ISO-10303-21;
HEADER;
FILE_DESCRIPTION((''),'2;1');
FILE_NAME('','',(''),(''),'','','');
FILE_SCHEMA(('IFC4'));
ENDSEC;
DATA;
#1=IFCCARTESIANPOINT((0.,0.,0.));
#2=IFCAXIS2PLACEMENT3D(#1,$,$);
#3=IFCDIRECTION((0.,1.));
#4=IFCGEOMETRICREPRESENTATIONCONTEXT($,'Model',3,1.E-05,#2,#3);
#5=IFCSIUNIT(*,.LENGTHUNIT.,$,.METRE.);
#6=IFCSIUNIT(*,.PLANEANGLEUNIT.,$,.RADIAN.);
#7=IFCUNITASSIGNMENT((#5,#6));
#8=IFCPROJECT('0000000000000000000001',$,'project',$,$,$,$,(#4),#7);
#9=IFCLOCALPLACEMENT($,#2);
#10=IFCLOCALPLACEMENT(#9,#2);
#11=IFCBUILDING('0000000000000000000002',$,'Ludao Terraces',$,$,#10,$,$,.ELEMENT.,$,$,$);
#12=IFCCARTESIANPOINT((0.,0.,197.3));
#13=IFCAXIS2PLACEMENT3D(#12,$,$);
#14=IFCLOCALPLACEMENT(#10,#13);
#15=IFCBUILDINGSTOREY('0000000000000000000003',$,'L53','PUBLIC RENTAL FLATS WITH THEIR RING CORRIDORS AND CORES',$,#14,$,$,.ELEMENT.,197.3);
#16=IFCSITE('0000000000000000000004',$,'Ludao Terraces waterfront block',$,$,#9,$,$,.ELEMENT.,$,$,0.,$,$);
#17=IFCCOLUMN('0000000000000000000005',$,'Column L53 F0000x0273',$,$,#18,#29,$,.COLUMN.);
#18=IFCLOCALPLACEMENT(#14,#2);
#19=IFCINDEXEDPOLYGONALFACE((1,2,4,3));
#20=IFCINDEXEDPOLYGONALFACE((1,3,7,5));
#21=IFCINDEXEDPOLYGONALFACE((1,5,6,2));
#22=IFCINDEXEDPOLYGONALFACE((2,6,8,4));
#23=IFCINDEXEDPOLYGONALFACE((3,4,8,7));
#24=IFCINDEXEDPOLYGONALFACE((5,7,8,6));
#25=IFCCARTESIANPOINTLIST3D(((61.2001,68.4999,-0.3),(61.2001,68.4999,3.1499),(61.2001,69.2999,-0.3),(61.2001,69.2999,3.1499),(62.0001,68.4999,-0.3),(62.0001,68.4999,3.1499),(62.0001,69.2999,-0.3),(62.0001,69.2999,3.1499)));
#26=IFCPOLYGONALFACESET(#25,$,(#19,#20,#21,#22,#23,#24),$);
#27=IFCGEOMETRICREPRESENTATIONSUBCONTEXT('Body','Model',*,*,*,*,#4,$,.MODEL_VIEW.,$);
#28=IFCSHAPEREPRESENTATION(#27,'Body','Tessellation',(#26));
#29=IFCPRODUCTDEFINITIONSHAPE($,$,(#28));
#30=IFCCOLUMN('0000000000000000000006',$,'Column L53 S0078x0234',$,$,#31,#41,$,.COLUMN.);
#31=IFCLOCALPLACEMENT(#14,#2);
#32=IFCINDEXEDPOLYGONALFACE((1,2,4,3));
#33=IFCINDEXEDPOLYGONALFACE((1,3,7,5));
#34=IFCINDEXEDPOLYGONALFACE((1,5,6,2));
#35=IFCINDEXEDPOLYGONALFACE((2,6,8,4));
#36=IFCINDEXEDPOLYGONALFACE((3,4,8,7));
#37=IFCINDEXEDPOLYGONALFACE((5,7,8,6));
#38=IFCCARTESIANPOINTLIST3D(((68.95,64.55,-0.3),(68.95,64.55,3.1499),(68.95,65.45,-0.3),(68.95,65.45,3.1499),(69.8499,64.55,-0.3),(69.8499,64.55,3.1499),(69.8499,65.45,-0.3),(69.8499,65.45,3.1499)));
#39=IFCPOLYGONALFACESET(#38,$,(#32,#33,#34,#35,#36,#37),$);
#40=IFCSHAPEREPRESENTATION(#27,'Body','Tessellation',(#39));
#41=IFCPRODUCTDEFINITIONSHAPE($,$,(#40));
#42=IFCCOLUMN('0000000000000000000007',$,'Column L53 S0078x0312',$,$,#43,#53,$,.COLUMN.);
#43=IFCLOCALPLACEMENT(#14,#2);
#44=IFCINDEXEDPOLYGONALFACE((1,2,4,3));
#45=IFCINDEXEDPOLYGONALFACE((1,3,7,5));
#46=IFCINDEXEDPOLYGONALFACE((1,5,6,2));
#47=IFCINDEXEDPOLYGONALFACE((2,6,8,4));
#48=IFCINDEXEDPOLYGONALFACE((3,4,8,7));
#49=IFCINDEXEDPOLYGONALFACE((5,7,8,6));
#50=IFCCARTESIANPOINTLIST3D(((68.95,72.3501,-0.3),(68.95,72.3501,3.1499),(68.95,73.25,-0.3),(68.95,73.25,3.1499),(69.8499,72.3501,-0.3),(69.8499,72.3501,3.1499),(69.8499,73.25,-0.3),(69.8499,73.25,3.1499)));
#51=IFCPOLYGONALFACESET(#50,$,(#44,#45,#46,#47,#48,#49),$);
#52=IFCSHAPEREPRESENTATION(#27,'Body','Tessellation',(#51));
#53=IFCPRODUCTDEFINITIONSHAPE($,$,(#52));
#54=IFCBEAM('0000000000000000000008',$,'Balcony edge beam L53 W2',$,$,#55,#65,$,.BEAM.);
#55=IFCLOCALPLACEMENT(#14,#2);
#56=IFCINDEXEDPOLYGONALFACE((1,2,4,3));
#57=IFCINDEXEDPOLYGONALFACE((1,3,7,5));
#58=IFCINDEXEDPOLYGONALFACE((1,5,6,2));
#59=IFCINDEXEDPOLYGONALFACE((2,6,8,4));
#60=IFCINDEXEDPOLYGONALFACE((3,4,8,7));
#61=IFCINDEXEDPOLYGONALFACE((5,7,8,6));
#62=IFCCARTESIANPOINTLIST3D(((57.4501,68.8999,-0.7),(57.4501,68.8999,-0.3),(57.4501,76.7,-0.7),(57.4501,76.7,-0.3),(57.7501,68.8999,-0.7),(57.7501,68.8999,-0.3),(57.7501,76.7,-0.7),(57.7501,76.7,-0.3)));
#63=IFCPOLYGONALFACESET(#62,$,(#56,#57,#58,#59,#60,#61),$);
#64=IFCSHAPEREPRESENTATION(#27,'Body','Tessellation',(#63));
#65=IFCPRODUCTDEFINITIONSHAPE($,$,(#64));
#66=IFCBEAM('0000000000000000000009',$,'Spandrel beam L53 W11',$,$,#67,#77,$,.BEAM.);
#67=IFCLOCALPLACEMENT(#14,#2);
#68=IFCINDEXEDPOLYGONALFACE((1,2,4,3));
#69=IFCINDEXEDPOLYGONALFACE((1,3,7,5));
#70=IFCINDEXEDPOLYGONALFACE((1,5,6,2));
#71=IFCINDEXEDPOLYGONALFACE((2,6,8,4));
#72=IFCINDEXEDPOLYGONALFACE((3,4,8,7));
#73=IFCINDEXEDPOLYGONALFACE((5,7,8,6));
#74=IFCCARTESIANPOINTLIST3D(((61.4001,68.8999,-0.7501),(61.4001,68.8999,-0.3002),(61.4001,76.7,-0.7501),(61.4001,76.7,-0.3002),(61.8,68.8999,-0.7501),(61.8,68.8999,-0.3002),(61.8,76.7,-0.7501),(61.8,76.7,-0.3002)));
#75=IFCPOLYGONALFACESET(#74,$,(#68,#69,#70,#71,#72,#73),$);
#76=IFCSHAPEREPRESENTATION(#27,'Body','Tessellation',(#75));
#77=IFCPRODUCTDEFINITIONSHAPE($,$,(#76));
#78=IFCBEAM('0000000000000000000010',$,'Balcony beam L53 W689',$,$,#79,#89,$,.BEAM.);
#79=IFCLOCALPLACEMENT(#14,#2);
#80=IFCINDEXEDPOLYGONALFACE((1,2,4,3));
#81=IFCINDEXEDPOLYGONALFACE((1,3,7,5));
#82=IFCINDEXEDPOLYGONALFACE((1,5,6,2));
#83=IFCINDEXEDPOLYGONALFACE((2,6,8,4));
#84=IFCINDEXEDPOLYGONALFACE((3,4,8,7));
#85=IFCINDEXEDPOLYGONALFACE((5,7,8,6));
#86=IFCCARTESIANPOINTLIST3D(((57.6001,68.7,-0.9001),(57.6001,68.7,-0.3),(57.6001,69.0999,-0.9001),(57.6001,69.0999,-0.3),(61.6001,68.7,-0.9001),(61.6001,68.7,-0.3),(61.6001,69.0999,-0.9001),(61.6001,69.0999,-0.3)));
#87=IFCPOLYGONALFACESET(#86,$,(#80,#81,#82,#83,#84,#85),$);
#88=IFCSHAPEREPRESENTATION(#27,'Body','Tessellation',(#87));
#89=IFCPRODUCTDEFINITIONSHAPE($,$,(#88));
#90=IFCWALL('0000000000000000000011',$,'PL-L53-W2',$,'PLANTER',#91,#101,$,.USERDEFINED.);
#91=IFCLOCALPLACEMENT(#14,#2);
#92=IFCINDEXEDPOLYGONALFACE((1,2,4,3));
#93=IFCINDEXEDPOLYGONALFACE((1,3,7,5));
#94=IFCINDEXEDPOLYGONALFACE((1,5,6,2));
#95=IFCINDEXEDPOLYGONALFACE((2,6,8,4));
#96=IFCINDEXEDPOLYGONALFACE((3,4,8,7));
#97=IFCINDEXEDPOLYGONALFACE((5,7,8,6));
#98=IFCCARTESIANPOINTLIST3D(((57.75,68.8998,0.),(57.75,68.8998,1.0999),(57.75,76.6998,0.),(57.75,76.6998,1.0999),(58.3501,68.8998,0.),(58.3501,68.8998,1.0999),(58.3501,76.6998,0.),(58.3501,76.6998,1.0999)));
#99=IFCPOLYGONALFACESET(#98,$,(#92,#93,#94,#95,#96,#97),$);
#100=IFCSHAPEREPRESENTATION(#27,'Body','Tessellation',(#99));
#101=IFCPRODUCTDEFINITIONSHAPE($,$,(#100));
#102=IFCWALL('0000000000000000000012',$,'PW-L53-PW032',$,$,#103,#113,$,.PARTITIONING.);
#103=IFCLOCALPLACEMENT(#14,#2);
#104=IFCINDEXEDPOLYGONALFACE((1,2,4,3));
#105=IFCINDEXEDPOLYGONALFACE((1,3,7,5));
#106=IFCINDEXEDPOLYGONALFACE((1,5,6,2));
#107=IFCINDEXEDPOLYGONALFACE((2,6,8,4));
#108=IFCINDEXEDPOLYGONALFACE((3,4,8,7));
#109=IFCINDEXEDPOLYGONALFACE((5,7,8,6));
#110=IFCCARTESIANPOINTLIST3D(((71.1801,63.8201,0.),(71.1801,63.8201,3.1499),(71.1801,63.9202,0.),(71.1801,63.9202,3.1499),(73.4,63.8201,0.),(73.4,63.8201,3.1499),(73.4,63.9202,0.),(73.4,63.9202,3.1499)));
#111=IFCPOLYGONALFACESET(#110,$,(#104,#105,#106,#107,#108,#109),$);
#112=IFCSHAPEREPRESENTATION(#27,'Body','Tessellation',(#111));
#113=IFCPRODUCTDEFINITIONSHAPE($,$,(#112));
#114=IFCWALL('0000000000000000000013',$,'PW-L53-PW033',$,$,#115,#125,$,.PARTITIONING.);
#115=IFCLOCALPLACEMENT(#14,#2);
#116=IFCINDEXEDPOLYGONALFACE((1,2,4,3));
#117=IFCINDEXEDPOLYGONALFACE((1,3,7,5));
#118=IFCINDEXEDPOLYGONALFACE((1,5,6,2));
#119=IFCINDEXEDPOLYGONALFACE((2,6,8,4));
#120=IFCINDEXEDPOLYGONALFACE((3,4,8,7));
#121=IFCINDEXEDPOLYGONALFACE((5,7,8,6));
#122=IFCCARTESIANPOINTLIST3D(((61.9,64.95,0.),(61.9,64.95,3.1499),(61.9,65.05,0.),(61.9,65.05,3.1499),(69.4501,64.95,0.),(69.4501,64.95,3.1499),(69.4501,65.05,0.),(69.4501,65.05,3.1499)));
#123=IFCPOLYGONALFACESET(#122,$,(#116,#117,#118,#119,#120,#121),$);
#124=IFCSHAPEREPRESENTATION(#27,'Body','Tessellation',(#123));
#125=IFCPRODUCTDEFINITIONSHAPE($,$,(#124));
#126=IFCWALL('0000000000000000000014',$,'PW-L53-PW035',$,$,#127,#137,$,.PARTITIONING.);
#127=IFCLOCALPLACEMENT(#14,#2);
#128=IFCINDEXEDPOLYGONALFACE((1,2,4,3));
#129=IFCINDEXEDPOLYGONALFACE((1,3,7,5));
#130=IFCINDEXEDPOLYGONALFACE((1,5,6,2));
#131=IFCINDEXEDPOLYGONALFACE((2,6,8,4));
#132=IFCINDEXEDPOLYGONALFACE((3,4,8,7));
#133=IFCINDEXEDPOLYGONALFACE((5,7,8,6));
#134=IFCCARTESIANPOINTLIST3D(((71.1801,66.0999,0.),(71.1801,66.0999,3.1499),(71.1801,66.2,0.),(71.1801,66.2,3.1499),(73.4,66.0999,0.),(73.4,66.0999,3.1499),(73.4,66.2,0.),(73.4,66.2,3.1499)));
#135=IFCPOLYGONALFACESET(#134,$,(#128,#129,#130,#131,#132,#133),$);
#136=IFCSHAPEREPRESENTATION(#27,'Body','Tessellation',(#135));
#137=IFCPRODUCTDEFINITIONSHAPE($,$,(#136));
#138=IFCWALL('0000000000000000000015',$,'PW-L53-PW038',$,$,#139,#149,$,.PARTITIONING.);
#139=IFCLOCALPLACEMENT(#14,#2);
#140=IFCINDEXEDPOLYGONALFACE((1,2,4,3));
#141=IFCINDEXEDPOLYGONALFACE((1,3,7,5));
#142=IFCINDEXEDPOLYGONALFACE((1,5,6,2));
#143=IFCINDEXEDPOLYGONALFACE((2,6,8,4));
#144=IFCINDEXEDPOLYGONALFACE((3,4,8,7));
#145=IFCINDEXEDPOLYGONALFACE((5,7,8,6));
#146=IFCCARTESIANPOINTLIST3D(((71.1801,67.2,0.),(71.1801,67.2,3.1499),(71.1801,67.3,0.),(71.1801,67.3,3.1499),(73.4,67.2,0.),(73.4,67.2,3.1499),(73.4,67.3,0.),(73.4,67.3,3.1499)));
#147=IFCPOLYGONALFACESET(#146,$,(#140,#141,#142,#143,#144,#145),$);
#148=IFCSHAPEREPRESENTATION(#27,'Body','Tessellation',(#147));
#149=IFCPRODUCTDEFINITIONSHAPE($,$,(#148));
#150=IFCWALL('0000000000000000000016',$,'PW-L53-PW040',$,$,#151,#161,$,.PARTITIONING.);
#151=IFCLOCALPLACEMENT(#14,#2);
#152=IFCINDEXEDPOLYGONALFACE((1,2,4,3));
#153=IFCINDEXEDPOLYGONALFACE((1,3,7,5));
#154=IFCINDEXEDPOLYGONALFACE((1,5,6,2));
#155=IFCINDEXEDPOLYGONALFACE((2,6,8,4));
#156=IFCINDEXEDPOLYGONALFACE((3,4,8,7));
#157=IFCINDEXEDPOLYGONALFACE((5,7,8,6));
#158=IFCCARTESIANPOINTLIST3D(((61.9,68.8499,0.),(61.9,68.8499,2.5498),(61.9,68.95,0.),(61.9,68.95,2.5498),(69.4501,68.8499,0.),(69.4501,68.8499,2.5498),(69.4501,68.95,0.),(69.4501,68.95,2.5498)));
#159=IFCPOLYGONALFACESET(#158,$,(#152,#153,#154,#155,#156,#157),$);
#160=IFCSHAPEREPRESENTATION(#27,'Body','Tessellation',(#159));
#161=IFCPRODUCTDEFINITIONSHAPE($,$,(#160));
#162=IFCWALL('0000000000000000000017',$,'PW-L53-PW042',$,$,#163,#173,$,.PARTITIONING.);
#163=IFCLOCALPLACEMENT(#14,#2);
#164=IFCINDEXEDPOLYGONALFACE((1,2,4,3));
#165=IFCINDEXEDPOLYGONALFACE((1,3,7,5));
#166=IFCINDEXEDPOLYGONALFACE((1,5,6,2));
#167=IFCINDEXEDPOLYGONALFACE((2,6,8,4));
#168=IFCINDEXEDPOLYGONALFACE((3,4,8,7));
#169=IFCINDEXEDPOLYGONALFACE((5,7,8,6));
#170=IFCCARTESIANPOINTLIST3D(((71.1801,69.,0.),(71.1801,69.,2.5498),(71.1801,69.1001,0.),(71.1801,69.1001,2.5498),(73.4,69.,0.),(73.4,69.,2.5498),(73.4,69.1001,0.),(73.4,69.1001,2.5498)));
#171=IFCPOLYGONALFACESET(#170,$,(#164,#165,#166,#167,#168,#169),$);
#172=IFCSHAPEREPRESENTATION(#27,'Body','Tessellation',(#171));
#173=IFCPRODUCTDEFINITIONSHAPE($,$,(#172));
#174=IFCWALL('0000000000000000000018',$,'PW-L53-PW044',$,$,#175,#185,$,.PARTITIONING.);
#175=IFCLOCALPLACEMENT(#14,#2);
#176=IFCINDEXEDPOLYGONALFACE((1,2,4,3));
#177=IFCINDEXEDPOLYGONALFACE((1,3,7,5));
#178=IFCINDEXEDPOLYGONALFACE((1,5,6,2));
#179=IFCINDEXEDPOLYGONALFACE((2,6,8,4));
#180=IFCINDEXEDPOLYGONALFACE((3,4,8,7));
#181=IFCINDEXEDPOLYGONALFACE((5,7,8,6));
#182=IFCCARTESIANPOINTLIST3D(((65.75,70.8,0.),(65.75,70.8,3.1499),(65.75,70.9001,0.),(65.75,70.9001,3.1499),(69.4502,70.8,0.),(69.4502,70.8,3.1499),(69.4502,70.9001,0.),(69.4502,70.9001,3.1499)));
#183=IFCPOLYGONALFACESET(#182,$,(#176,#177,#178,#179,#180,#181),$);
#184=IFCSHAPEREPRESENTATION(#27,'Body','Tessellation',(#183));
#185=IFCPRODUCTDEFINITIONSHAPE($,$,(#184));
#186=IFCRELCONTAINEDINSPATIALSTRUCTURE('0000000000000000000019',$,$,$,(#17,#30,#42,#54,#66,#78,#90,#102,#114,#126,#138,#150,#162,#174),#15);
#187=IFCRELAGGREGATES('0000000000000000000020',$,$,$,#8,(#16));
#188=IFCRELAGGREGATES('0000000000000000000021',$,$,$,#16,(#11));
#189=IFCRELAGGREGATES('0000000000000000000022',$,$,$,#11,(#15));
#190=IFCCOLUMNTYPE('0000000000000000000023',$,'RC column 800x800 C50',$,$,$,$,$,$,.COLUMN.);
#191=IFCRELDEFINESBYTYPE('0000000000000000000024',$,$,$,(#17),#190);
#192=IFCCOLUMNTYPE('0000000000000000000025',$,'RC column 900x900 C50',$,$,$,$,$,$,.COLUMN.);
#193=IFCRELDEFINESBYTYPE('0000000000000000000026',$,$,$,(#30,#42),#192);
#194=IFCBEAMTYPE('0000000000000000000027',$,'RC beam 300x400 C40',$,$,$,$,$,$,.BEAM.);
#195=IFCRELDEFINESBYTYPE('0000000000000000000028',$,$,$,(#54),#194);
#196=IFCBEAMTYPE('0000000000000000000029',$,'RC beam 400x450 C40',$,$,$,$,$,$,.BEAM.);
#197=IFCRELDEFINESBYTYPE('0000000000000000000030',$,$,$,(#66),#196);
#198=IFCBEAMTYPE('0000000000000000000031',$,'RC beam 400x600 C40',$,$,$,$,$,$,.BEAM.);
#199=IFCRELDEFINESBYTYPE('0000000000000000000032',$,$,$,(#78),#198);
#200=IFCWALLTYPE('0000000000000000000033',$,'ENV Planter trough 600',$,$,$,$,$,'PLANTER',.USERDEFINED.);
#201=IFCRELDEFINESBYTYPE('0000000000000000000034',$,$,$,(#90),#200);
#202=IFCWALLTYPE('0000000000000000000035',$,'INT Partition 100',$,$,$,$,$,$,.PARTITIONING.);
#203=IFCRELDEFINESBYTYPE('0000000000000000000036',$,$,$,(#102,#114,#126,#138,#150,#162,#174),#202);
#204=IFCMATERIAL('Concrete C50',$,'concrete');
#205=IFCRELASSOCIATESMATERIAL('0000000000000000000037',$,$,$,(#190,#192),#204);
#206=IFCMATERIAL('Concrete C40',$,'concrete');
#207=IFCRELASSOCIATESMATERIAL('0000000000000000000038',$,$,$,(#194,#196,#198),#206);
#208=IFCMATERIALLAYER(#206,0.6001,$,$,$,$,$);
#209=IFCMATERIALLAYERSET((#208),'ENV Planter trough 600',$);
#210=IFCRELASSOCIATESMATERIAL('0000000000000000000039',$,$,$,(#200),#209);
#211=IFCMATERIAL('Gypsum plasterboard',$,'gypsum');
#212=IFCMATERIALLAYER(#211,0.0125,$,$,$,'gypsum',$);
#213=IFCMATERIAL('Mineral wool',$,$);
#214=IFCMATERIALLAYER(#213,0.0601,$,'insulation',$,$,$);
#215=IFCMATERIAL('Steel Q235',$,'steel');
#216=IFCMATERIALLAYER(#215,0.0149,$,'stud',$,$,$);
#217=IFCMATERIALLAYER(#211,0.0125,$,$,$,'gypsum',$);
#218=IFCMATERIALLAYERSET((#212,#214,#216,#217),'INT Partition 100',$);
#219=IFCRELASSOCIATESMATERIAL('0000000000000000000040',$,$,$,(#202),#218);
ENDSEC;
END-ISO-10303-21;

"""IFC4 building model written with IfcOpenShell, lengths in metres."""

from ifc_helpers import new_model, si_unit, direction, frame, frame_2d, origin, origin_2d, place, context, subcontext, project, spatial, rectangle, extrude, material, layer, layer_set, material_profile, profile_set, type_object, element, save


model = new_model("IFC4")

# Units and contexts
model_context = context("Model", 3, precision=1e-05, world=origin(), true_north=direction((0.0, 1.0)))
body_context = subcontext(model_context, "Body", "Model", "MODEL_VIEW")
ifc_project = project(units=[si_unit("LENGTHUNIT", "METRE"), si_unit("PLANEANGLEUNIT", "RADIAN")], contexts=[model_context])

# Site, building, storey
site_placement = place(None, origin())
site = spatial("IfcSite", under=ifc_project, at=site_placement, Name="Ludao Terraces waterfront block", CompositionType="ELEMENT", RefElevation=0.0)
building_placement = place(site_placement, origin())
building = spatial("IfcBuilding", under=site, at=building_placement, Name="Ludao Terraces", CompositionType="ELEMENT")
storey_placement = place(building_placement, frame((0.0, 0.0, 197.3)))
storey = spatial("IfcBuildingStorey", under=building, at=storey_placement, Name="L53", Description="PUBLIC RENTAL FLATS WITH THEIR RING CORRIDORS AND CORES", CompositionType="ELEMENT", Elevation=197.3)

# Columns
ifc_material_1 = material(Name="Concrete C50", Category="concrete")
ifc_material_profile_1 = material_profile(ifc_material_1, rectangle(XDim=0.8, YDim=0.8, at=origin_2d()), Name="800 X 800")
ifc_profile_set_1 = profile_set([ifc_material_profile_1], Name="Concrete C50")
column_type_1 = type_object("IfcColumnType", Name="RC column 800x800 C50", PredefinedType="COLUMN", material=ifc_profile_set_1)
column_placement = place(storey_placement, frame((61.6001, 68.8999, -0.3), z_axis=(0.0, 0.0, 1.0), x_axis=(1.0, 0.0, 0.0)))
element("IfcColumn", 1, at=column_placement, inside=storey, type_object=column_type_1, Name="Column L53 F0000x0273", PredefinedType="COLUMN", context=body_context, shape_type="SweptSolid", body=[
    extrude(rectangle(XDim=0.8, YDim=0.8, at=origin_2d()), origin(), (0.0, 0.0, 1.0), 3.45),
])
ifc_material_profile_2 = material_profile(ifc_material_1, rectangle(XDim=0.8999, YDim=0.8999, at=origin_2d()), Name="900 X 900")
ifc_profile_set_2 = profile_set([ifc_material_profile_2], Name="Concrete C50")
column_type_2 = type_object("IfcColumnType", Name="RC column 900x900 C50", PredefinedType="COLUMN", material=ifc_profile_set_2)
for number, where, z_axis, x_axis, name in (
    (2, (69.3999, 65.0, -0.3), (0.0, 0.0, 1.0), (1.0, 0.0, 0.0), "Column L53 S0078x0234"),
    (3, (69.3999, 72.8, -0.3), (0.0, 0.0, 1.0), (1.0, 0.0, 0.0), "Column L53 S0078x0312"),
):
    element("IfcColumn", number, at=place(storey_placement, frame(where, z_axis=z_axis, x_axis=x_axis)), inside=storey, type_object=column_type_2, Name=name, PredefinedType="COLUMN", context=body_context, shape_type="SweptSolid", body=[
        extrude(rectangle(XDim=0.8999, YDim=0.8999, at=origin_2d()), origin(), (0.0, 0.0, 1.0), 3.45),
    ])

# Beams
ifc_material_2 = material(Name="Concrete C40", Category="concrete")
ifc_material_profile_3 = material_profile(ifc_material_2, rectangle(XDim=0.3, YDim=0.3999, at=origin_2d()), Name="300 X 400")
ifc_profile_set_3 = profile_set([ifc_material_profile_3], Name="Concrete C40")
beam_type_1 = type_object("IfcBeamType", Name="RC beam 300x400 C40", PredefinedType="BEAM", material=ifc_profile_set_3)
beam_1_placement = place(storey_placement, frame((57.6001, 68.8999, -0.5), z_axis=(0.0, 1.0, 0.0), x_axis=(-1.0, 0.0, 0.0)))
element("IfcBeam", 4, at=beam_1_placement, inside=storey, type_object=beam_type_1, Name="Balcony edge beam L53 W2", PredefinedType="BEAM", context=body_context, shape_type="SweptSolid", body=[
    extrude(rectangle(XDim=0.3, YDim=0.3999, at=origin_2d()), origin(), (0.0, 0.0, 1.0), 7.8),
])
ifc_material_profile_4 = material_profile(ifc_material_2, rectangle(XDim=0.3999, YDim=0.45, at=origin_2d()), Name="400 X 450")
ifc_profile_set_4 = profile_set([ifc_material_profile_4], Name="Concrete C40")
beam_type_2 = type_object("IfcBeamType", Name="RC beam 400x450 C40", PredefinedType="BEAM", material=ifc_profile_set_4)
beam_2_placement = place(storey_placement, frame((61.6001, 68.8999, -0.5251), z_axis=(0.0, 1.0, 0.0), x_axis=(-1.0, 0.0, 0.0)))
element("IfcBeam", 5, at=beam_2_placement, inside=storey, type_object=beam_type_2, Name="Spandrel beam L53 W11", PredefinedType="BEAM", context=body_context, shape_type="SweptSolid", body=[
    extrude(rectangle(XDim=0.3999, YDim=0.45, at=origin_2d()), origin(), (0.0, 0.0, 1.0), 7.8),
])
ifc_material_profile_5 = material_profile(ifc_material_2, rectangle(XDim=0.3999, YDim=0.6001, at=origin_2d()), Name="400 X 600")
ifc_profile_set_5 = profile_set([ifc_material_profile_5], Name="Concrete C40")
beam_type_3 = type_object("IfcBeamType", Name="RC beam 400x600 C40", PredefinedType="BEAM", material=ifc_profile_set_5)
beam_3_placement = place(storey_placement, frame((61.6001, 68.8999, -0.6001), z_axis=(-1.0, 0.0, 0.0), x_axis=(0.0, -1.0, 0.0)))
element("IfcBeam", 6, at=beam_3_placement, inside=storey, type_object=beam_type_3, Name="Balcony beam L53 W689", PredefinedType="BEAM", context=body_context, shape_type="SweptSolid", body=[
    extrude(rectangle(XDim=0.3999, YDim=0.6001, at=origin_2d()), origin(), (0.0, 0.0, 1.0), 4.0),
])

# Wall
ifc_layer_1 = layer(ifc_material_2, 0.6001)
ifc_layer_set_1 = layer_set([ifc_layer_1], Name="ENV Planter trough 600")
wall_type_1 = type_object("IfcWallType", Name="ENV Planter trough 600", ElementType="PLANTER", PredefinedType="USERDEFINED", material=ifc_layer_set_1)
wall_1_placement = place(storey_placement, frame((58.05, 68.8999, 0.0), z_axis=(0.0, 0.0, 1.0), x_axis=(0.0, 1.0, 0.0)))
element("IfcWall", 7, at=wall_1_placement, inside=storey, type_object=wall_type_1, Name="PL-L53-W2", ObjectType="PLANTER", PredefinedType="USERDEFINED", context=body_context, shape_type="SweptSolid", body=[
    extrude(rectangle(XDim=7.8, YDim=0.6001, at=frame_2d((3.8999, 0.0))), origin(), (0.0, 0.0, 1.0), 1.0999),
])

# Shared definitions
ifc_material_3 = material(Name="Mineral wool")

# Walls
ifc_material_4 = material(Name="Gypsum plasterboard", Category="gypsum")
ifc_layer_2 = layer(ifc_material_4, 0.0125, Category="gypsum")
ifc_layer_3 = layer(ifc_material_3, 0.0601, Name="insulation")
ifc_material_5 = material(Name="Steel Q235", Category="steel")
ifc_layer_4 = layer(ifc_material_5, 0.0149, Name="stud")
ifc_layer_5 = layer(ifc_material_4, 0.0125, Category="gypsum")
ifc_layer_set_2 = layer_set([ifc_layer_2, ifc_layer_3, ifc_layer_4, ifc_layer_5], Name="INT Partition 100")
wall_type_2 = type_object("IfcWallType", Name="INT Partition 100", PredefinedType="PARTITIONING", material=ifc_layer_set_2)
wall_2_placement = place(storey_placement, frame((71.1802, 63.8701, 0.0), z_axis=(0.0, 0.0, 1.0), x_axis=(1.0, 0.0, 0.0)))
element("IfcWall", 8, at=wall_2_placement, inside=storey, type_object=wall_type_2, Name="PW-L53-PW032", PredefinedType="PARTITIONING", context=body_context, shape_type="SweptSolid", body=[
    extrude(rectangle(XDim=2.22, YDim=0.1001, at=frame_2d((1.1099, 0.0))), origin(), (0.0, 0.0, 1.0), 3.1499),
])
wall_3_placement = place(storey_placement, frame((61.9001, 65.0, 0.0), z_axis=(0.0, 0.0, 1.0), x_axis=(1.0, 0.0, 0.0)))
element("IfcWall", 9, at=wall_3_placement, inside=storey, type_object=wall_type_2, Name="PW-L53-PW033", PredefinedType="PARTITIONING", context=body_context, shape_type="SweptSolid", body=[
    extrude(rectangle(XDim=7.55, YDim=0.1001, at=frame_2d((3.7749, 0.0))), origin(), (0.0, 0.0, 1.0), 3.1499),
])
for number, where, z_axis, x_axis, name in (
    (10, (71.1802, 66.1499, 0.0), (0.0, 0.0, 1.0), (1.0, 0.0, 0.0), "PW-L53-PW035"),
    (11, (71.1802, 67.25, 0.0), (0.0, 0.0, 1.0), (1.0, 0.0, 0.0), "PW-L53-PW038"),
):
    element("IfcWall", number, at=place(storey_placement, frame(where, z_axis=z_axis, x_axis=x_axis)), inside=storey, type_object=wall_type_2, Name=name, PredefinedType="PARTITIONING", context=body_context, shape_type="SweptSolid", body=[
        extrude(rectangle(XDim=2.22, YDim=0.1001, at=frame_2d((1.1099, 0.0))), origin(), (0.0, 0.0, 1.0), 3.1499),
    ])
wall_4_placement = place(storey_placement, frame((61.9001, 68.8999, 0.0), z_axis=(0.0, 0.0, 1.0), x_axis=(1.0, 0.0, 0.0)))
element("IfcWall", 12, at=wall_4_placement, inside=storey, type_object=wall_type_2, Name="PW-L53-PW040", PredefinedType="PARTITIONING", context=body_context, shape_type="SweptSolid", body=[
    extrude(rectangle(XDim=7.55, YDim=0.1001, at=frame_2d((3.7749, 0.0))), origin(), (0.0, 0.0, 1.0), 2.5498),
])
wall_5_placement = place(storey_placement, frame((71.1802, 69.05, 0.0), z_axis=(0.0, 0.0, 1.0), x_axis=(1.0, 0.0, 0.0)))
element("IfcWall", 13, at=wall_5_placement, inside=storey, type_object=wall_type_2, Name="PW-L53-PW042", PredefinedType="PARTITIONING", context=body_context, shape_type="SweptSolid", body=[
    extrude(rectangle(XDim=2.22, YDim=0.1001, at=frame_2d((1.1099, 0.0))), origin(), (0.0, 0.0, 1.0), 2.5498),
])
wall_6_placement = place(storey_placement, frame((65.75, 70.8501, 0.0), z_axis=(0.0, 0.0, 1.0), x_axis=(1.0, 0.0, 0.0)))
element("IfcWall", 14, at=wall_6_placement, inside=storey, type_object=wall_type_2, Name="PW-L53-PW044", PredefinedType="PARTITIONING", context=body_context, shape_type="SweptSolid", body=[
    extrude(rectangle(XDim=3.7002, YDim=0.1001, at=frame_2d((1.8501, 0.0))), origin(), (0.0, 0.0, 1.0), 3.1499),
])

save(model, "model.ifc")
